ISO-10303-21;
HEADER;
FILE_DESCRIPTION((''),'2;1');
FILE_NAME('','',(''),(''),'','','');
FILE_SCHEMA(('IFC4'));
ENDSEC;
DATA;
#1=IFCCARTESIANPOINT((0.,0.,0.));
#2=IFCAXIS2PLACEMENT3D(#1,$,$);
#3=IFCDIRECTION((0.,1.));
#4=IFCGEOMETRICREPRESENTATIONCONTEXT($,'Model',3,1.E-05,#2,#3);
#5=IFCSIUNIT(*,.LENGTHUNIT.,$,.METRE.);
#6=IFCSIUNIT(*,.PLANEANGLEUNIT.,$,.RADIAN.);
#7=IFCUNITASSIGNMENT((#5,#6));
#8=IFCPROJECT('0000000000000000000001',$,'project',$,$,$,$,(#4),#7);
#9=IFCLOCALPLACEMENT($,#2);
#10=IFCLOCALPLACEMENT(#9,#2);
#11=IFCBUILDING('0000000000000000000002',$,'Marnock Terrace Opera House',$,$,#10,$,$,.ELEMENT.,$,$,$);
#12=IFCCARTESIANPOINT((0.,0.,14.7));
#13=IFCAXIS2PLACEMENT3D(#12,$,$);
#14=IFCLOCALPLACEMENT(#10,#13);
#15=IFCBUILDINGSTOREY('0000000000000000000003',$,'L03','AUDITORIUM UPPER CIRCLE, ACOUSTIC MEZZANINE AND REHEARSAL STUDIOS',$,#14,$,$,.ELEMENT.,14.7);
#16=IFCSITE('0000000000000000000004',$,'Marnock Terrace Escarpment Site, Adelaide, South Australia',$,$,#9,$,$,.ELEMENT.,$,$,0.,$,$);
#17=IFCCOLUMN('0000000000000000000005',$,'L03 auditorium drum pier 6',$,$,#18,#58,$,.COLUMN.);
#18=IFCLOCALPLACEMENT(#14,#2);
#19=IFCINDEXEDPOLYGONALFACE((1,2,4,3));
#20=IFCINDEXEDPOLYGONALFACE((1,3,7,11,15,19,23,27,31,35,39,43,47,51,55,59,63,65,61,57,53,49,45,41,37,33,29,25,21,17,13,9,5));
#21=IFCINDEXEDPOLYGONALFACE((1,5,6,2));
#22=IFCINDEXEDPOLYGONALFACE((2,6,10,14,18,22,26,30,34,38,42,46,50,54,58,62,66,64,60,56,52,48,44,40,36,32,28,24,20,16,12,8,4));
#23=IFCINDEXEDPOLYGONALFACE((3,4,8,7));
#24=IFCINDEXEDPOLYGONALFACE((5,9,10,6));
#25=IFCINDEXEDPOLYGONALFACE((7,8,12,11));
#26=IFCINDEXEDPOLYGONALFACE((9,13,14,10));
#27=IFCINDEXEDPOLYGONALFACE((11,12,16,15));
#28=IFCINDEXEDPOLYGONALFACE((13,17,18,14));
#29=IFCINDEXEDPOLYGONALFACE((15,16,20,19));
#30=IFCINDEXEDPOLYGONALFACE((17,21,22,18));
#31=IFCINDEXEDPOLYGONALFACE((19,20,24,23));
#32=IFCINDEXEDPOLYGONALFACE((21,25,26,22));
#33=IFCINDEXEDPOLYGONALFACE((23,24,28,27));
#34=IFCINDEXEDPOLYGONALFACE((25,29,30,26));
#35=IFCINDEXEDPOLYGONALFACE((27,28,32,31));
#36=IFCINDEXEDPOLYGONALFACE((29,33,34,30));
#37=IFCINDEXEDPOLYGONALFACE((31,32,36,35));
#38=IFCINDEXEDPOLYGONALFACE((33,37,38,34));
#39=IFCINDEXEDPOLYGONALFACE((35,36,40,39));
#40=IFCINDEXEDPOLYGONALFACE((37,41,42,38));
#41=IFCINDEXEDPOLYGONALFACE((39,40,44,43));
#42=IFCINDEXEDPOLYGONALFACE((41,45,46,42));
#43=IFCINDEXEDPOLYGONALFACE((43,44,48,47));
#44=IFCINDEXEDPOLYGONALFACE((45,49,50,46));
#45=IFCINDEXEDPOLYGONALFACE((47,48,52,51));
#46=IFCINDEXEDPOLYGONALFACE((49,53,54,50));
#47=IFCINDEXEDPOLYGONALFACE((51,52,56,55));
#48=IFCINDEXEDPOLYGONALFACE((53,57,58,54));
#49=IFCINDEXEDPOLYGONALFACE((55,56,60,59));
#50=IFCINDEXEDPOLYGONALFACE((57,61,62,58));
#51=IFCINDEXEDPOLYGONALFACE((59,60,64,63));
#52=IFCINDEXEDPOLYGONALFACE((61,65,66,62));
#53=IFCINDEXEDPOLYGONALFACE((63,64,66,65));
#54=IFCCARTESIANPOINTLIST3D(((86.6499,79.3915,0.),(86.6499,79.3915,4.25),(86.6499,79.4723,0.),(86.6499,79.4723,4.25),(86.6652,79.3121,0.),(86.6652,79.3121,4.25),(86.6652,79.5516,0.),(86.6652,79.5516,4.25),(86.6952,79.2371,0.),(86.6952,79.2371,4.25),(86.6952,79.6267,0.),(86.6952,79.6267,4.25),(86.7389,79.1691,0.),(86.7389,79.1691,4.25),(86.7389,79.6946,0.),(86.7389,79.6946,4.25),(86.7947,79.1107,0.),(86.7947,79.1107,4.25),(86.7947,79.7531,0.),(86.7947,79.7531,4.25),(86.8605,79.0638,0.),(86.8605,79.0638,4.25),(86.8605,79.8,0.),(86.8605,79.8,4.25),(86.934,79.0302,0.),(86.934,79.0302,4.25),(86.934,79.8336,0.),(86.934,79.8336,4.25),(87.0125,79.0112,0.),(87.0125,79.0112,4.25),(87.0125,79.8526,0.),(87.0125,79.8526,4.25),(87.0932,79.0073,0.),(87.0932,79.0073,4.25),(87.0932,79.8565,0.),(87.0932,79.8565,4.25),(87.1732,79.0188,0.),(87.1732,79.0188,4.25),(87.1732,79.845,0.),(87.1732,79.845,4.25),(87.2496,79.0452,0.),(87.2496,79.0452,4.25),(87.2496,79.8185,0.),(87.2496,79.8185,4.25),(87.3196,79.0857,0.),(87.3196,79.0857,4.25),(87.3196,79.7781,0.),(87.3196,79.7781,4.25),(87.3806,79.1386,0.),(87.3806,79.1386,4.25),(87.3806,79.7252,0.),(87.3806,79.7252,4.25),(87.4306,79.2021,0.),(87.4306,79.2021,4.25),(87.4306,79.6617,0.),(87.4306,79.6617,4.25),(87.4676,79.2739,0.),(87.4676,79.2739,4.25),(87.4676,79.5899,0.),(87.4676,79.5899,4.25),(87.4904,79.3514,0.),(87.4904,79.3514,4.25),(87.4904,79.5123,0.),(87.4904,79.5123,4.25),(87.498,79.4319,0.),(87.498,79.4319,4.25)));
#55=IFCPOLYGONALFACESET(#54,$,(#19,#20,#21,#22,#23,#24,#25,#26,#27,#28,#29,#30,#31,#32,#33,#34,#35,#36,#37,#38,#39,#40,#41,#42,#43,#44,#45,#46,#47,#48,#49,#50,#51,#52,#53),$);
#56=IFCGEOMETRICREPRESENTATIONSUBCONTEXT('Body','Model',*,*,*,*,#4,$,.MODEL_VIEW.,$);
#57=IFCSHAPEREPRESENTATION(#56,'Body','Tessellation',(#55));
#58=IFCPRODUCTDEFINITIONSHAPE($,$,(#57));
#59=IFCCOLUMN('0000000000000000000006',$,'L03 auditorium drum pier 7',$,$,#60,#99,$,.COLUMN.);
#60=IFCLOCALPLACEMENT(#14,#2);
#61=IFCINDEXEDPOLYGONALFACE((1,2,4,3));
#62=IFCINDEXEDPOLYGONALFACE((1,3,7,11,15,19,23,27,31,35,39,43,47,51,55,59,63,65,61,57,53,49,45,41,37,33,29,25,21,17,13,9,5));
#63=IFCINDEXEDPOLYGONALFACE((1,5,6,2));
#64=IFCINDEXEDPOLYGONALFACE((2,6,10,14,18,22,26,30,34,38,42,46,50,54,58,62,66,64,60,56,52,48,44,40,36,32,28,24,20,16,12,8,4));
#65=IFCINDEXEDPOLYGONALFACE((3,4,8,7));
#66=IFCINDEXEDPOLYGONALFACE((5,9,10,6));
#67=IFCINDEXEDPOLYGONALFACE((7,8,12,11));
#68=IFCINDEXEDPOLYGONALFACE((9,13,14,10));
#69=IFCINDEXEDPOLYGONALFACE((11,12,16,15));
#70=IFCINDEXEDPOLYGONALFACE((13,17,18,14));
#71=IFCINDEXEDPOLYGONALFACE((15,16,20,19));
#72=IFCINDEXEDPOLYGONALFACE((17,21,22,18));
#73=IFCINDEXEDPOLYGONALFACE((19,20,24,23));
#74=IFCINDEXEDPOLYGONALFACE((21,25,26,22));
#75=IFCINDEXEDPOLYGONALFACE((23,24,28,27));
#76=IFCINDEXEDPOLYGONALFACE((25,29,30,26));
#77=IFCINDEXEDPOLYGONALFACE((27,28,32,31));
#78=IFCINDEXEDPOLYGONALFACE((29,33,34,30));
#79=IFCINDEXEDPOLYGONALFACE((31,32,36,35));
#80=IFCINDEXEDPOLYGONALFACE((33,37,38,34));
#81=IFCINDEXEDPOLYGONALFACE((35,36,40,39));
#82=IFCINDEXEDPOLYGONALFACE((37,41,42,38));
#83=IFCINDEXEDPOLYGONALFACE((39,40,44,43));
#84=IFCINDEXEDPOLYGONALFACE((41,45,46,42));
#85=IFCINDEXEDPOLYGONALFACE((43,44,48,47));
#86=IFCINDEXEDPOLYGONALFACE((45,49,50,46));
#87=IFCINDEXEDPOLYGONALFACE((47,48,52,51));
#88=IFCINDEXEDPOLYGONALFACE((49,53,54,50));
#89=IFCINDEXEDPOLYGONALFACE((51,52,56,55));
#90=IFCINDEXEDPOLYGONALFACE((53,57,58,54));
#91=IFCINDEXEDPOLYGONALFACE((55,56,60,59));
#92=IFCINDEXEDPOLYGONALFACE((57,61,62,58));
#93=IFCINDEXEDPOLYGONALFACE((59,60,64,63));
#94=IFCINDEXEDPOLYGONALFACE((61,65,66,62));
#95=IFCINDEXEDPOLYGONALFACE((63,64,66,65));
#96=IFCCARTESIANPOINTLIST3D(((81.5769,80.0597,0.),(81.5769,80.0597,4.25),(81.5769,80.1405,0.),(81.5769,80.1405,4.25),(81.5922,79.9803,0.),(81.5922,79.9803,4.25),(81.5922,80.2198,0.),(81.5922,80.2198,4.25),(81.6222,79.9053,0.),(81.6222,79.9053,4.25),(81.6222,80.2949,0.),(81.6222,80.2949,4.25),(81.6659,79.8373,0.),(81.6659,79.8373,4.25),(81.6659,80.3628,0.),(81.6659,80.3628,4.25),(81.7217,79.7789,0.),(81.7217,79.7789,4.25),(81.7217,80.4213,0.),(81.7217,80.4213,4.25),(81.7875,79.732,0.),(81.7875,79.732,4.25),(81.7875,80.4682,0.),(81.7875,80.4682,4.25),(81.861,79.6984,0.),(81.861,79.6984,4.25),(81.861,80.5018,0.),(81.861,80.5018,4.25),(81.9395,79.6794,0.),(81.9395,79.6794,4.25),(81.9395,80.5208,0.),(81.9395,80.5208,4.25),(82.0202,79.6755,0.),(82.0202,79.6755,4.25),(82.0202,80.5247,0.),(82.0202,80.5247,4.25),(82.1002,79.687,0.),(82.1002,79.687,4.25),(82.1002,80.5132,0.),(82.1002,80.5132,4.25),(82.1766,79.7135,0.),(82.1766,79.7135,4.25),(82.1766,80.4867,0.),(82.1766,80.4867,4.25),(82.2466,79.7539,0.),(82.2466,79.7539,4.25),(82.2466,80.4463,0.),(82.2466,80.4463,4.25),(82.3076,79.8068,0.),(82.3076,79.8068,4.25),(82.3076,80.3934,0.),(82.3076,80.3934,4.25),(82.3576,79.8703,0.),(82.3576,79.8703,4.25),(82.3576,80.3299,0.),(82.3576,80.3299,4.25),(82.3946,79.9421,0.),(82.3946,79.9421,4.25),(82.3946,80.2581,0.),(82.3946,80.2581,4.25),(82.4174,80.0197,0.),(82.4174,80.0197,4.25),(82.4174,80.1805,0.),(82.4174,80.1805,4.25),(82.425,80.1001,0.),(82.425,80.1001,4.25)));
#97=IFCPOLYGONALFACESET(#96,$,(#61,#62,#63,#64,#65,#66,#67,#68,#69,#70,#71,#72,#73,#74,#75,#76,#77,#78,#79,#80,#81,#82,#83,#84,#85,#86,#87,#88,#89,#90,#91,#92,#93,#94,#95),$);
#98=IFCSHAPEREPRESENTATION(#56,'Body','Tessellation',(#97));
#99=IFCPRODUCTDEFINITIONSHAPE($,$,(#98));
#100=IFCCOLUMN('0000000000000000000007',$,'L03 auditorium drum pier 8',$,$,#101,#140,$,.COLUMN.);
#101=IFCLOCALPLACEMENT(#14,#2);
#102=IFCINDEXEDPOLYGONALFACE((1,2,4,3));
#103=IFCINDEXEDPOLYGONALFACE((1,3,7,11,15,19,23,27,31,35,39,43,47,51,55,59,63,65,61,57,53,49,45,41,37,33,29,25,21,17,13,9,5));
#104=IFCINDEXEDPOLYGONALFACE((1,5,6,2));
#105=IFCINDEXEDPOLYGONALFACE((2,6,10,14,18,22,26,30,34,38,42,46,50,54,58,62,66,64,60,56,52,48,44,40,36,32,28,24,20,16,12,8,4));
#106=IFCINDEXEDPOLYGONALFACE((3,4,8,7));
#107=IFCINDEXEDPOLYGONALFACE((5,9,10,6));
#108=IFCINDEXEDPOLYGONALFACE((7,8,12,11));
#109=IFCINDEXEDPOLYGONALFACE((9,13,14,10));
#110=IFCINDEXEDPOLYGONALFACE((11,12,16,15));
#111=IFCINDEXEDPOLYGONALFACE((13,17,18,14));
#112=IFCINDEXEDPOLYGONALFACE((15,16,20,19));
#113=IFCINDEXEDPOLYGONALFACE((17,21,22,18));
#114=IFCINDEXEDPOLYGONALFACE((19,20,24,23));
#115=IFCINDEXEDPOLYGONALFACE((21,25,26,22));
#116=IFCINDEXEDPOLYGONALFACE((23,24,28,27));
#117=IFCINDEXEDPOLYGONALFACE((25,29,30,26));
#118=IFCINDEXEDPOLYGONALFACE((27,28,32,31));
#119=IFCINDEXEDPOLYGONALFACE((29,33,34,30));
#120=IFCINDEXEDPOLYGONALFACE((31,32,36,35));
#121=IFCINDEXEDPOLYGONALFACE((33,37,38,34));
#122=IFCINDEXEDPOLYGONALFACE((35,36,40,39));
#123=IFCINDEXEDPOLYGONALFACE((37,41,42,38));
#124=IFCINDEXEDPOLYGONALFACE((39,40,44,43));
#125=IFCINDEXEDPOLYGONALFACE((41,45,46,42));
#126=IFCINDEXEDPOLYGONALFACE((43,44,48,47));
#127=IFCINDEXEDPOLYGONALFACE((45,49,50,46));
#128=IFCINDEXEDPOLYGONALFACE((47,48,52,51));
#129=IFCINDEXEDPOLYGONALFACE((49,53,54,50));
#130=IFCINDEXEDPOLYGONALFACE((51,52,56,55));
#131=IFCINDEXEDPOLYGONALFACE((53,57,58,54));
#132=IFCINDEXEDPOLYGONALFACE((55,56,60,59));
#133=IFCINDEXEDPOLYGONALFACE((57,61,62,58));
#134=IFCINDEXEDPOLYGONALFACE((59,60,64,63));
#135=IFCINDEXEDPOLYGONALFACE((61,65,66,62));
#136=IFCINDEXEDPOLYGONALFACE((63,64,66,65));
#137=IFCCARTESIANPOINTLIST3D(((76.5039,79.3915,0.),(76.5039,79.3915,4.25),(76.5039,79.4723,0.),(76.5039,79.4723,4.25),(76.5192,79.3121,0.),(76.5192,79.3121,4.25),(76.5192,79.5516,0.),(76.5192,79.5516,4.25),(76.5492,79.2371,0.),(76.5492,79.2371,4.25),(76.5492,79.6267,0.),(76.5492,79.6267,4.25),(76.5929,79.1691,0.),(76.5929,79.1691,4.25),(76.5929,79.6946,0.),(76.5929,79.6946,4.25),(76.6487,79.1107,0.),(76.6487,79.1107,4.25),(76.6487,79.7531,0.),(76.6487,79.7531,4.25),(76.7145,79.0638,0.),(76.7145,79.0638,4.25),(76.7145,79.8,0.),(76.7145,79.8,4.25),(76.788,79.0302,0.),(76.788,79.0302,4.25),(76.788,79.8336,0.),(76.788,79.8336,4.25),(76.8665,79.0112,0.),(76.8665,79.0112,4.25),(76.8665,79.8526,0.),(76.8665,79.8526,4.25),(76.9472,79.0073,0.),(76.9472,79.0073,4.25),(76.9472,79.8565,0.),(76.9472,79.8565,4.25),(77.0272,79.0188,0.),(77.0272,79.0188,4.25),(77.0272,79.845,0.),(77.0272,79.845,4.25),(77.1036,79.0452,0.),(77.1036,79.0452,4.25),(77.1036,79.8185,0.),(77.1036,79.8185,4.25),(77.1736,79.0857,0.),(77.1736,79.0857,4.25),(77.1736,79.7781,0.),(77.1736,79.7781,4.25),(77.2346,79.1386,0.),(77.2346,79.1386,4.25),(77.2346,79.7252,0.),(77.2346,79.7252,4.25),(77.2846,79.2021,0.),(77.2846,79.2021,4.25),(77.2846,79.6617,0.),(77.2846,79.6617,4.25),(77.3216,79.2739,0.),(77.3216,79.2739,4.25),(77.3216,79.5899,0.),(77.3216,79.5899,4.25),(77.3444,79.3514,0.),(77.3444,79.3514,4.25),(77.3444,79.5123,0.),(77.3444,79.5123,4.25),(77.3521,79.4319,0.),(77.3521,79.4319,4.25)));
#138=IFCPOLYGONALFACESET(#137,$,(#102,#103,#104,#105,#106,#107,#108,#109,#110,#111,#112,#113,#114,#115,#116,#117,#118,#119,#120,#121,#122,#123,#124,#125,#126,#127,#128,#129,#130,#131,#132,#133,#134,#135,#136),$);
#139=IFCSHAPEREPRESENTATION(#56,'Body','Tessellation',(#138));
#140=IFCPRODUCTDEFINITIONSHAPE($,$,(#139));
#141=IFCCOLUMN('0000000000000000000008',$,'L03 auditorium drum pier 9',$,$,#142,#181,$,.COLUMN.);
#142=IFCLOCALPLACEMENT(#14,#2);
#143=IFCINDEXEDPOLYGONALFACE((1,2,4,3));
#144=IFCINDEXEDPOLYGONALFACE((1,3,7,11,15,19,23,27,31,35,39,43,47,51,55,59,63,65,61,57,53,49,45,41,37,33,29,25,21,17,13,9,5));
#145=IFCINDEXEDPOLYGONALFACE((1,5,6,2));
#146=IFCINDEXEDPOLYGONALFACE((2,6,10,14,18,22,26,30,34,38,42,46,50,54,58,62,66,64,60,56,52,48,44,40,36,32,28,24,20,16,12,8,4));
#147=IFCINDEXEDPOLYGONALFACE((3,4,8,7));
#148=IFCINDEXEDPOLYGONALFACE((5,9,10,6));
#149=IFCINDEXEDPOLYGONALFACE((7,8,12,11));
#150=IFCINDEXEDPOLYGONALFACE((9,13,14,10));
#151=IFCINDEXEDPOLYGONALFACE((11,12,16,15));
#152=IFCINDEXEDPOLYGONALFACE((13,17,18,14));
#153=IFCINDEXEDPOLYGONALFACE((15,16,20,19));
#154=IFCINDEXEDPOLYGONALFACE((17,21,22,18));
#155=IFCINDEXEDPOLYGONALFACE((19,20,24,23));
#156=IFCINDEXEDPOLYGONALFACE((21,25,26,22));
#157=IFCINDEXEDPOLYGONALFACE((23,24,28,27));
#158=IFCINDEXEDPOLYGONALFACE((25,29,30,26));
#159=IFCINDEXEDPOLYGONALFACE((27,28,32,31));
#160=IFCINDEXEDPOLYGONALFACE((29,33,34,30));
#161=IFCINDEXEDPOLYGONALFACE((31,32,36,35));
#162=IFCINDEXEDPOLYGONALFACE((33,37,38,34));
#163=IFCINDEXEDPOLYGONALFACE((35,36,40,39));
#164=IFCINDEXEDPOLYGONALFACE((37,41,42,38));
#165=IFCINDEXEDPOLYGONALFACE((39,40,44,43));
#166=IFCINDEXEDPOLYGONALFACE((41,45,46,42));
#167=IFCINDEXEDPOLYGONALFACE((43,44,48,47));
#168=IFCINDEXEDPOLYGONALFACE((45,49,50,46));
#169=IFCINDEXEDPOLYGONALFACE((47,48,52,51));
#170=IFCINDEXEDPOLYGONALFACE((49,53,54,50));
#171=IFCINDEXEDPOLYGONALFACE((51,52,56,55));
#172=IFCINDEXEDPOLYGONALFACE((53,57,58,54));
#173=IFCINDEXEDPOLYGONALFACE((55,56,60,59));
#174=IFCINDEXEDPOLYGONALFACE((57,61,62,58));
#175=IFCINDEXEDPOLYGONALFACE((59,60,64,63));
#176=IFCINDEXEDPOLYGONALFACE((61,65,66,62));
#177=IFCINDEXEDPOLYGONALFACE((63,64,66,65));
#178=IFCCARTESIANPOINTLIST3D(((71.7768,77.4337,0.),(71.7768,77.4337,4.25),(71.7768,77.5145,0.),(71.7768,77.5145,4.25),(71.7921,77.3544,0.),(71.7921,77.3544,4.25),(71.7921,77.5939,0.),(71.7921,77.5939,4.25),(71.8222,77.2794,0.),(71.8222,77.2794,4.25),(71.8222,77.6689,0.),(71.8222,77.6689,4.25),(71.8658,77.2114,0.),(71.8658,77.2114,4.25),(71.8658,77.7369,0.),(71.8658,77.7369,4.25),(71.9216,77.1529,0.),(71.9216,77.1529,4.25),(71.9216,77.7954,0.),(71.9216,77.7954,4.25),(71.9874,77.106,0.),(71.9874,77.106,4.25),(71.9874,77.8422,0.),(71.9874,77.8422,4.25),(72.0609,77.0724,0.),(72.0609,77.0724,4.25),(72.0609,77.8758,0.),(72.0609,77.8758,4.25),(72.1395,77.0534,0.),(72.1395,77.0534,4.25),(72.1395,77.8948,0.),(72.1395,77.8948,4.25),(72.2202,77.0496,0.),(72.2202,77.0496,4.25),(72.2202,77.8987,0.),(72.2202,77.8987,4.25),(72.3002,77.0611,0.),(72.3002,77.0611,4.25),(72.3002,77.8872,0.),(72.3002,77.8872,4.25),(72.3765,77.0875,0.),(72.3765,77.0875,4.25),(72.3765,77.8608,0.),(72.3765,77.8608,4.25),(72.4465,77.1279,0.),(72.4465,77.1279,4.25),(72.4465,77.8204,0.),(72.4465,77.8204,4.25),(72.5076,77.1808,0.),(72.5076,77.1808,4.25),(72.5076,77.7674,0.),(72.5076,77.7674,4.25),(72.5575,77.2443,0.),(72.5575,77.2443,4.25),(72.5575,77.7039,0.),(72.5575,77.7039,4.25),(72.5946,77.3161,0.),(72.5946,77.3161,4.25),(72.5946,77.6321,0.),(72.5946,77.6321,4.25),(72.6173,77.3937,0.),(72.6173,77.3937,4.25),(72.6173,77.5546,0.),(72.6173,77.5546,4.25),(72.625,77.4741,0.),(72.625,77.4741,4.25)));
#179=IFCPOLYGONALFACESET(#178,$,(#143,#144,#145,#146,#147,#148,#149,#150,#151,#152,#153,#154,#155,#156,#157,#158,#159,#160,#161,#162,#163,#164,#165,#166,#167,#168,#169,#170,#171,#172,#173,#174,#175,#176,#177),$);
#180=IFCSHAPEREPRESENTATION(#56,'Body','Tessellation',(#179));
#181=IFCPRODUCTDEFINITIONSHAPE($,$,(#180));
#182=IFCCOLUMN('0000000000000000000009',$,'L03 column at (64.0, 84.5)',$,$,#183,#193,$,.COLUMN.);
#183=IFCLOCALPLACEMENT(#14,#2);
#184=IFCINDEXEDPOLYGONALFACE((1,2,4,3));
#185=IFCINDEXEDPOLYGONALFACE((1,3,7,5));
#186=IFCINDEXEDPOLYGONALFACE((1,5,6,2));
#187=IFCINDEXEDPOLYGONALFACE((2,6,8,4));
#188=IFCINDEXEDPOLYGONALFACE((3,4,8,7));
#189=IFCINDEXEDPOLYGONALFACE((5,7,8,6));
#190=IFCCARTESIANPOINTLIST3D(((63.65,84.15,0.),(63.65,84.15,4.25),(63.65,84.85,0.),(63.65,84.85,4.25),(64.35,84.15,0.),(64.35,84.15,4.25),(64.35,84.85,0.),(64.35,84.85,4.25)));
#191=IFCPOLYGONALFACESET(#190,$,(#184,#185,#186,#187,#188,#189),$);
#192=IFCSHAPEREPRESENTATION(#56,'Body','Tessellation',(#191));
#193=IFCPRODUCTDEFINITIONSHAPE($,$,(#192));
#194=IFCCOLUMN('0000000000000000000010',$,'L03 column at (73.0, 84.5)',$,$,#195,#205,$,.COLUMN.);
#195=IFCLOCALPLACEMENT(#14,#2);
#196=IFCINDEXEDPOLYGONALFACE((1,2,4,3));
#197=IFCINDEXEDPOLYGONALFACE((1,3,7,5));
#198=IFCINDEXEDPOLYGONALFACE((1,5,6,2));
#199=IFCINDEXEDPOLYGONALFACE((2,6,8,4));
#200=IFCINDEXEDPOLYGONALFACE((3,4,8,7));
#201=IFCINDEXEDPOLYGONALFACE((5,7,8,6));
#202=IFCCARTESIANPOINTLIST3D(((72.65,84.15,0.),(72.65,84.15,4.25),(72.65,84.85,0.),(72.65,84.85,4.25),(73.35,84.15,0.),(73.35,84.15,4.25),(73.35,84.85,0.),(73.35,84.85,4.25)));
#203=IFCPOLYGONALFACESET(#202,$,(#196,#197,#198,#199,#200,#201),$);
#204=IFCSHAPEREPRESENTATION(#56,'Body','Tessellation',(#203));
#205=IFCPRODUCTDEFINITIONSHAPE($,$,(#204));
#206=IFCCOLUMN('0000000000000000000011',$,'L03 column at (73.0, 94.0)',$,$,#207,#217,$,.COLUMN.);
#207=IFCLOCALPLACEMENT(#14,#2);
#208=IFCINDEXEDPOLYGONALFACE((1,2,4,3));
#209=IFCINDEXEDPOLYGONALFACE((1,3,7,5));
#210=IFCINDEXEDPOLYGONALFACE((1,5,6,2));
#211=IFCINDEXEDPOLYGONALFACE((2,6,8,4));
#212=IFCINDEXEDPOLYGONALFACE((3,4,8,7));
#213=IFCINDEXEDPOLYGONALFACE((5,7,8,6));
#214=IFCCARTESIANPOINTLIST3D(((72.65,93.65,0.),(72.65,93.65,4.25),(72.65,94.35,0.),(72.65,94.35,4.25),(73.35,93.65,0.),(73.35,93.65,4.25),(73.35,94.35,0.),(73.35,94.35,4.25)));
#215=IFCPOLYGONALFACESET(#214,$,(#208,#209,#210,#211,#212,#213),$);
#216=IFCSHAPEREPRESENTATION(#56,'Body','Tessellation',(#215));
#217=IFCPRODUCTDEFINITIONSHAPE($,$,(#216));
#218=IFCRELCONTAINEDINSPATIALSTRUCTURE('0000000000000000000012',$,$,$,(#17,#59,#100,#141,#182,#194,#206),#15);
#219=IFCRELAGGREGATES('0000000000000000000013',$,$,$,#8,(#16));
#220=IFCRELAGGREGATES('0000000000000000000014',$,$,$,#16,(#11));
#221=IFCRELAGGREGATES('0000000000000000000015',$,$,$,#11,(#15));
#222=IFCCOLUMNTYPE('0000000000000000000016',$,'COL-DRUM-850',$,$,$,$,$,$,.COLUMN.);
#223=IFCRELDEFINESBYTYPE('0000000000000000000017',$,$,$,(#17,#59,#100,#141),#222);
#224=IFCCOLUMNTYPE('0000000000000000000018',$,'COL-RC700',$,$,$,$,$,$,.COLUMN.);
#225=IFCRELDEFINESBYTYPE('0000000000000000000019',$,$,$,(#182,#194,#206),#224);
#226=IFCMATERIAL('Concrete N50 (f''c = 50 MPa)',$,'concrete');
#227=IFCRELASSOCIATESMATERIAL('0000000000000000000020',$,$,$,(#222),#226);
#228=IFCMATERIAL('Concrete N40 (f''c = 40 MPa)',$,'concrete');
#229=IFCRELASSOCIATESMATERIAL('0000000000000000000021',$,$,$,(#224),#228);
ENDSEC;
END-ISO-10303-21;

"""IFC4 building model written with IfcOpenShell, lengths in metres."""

from ifc_helpers import new_model, si_unit, direction, frame, origin, origin_2d, place, context, subcontext, project, spatial, rectangle, circle, extrude, material, material_profile, profile_set, type_object, element, save


model = new_model("IFC4")

# Units and contexts
model_context = context("Model", 3, precision=1e-05, world=origin(), true_north=direction((0.0, 1.0)))
body_context = subcontext(model_context, "Body", "Model", "MODEL_VIEW")
ifc_project = project(units=[si_unit("LENGTHUNIT", "METRE"), si_unit("PLANEANGLEUNIT", "RADIAN")], contexts=[model_context])

# Site, building, storey
site_placement = place(None, origin())
site = spatial("IfcSite", under=ifc_project, at=site_placement, Name="Marnock Terrace Escarpment Site, Adelaide, South Australia", CompositionType="ELEMENT", RefElevation=0.0)
building_placement = place(site_placement, origin())
building = spatial("IfcBuilding", under=site, at=building_placement, Name="Marnock Terrace Opera House", CompositionType="ELEMENT")
storey_placement = place(building_placement, frame((0.0, 0.0, 14.7)))
storey = spatial("IfcBuildingStorey", under=building, at=storey_placement, Name="L03", Description="AUDITORIUM UPPER CIRCLE, ACOUSTIC MEZZANINE AND REHEARSAL STUDIOS", CompositionType="ELEMENT", Elevation=14.7)

# Columns
ifc_material_1 = material(Name="Concrete N50 (f'c = 50 MPa)", Category="concrete")
ifc_material_profile_1 = material_profile(ifc_material_1, circle(Radius=0.425, at=origin_2d()))
ifc_profile_set_1 = profile_set([ifc_material_profile_1], Name="Concrete N50 (f'c = 50 MPa)")
column_type_1 = type_object("IfcColumnType", Name="COL-DRUM-850", PredefinedType="COLUMN", material=ifc_profile_set_1)
for number, where, z_axis, x_axis, name in (
    (1, (87.073, 79.4319, 0.0), (0.0, 0.0, 1.0), (1.0, 0.0, 0.0), "L03 auditorium drum pier 6"),
    (2, (82.0, 80.1001, 0.0), (0.0, 0.0, 1.0), (1.0, 0.0, 0.0), "L03 auditorium drum pier 7"),
    (3, (76.927, 79.4319, 0.0), (0.0, 0.0, 1.0), (1.0, 0.0, 0.0), "L03 auditorium drum pier 8"),
    (4, (72.2, 77.4741, 0.0), (0.0, 0.0, 1.0), (1.0, 0.0, 0.0), "L03 auditorium drum pier 9"),
):
    element("IfcColumn", number, at=place(storey_placement, frame(where, z_axis=z_axis, x_axis=x_axis)), inside=storey, type_object=column_type_1, Name=name, PredefinedType="COLUMN", context=body_context, shape_type="SweptSolid", body=[
        extrude(circle(Radius=0.425, at=origin_2d()), origin(), (0.0, 0.0, 1.0), 4.25),
    ])
ifc_material_2 = material(Name="Concrete N40 (f'c = 40 MPa)", Category="concrete")
ifc_material_profile_2 = material_profile(ifc_material_2, rectangle(XDim=0.7, YDim=0.7, at=origin_2d()))
ifc_profile_set_2 = profile_set([ifc_material_profile_2], Name="Concrete N40 (f'c = 40 MPa)")
column_type_2 = type_object("IfcColumnType", Name="COL-RC700", PredefinedType="COLUMN", material=ifc_profile_set_2)
for number, where, z_axis, x_axis, name in (
    (5, (64.0, 84.5, 0.0), (0.0, 0.0, 1.0), (1.0, 0.0, 0.0), "L03 column at (64.0, 84.5)"),
    (6, (73.0, 84.5, 0.0), (0.0, 0.0, 1.0), (1.0, 0.0, 0.0), "L03 column at (73.0, 84.5)"),
    (7, (73.0, 94.0, 0.0), (0.0, 0.0, 1.0), (1.0, 0.0, 0.0), "L03 column at (73.0, 94.0)"),
):
    element("IfcColumn", number, at=place(storey_placement, frame(where, z_axis=z_axis, x_axis=x_axis)), inside=storey, type_object=column_type_2, Name=name, PredefinedType="COLUMN", context=body_context, shape_type="SweptSolid", body=[
        extrude(rectangle(XDim=0.7, YDim=0.7, at=origin_2d()), origin(), (0.0, 0.0, 1.0), 4.25),
    ])

save(model, "model.ifc")
